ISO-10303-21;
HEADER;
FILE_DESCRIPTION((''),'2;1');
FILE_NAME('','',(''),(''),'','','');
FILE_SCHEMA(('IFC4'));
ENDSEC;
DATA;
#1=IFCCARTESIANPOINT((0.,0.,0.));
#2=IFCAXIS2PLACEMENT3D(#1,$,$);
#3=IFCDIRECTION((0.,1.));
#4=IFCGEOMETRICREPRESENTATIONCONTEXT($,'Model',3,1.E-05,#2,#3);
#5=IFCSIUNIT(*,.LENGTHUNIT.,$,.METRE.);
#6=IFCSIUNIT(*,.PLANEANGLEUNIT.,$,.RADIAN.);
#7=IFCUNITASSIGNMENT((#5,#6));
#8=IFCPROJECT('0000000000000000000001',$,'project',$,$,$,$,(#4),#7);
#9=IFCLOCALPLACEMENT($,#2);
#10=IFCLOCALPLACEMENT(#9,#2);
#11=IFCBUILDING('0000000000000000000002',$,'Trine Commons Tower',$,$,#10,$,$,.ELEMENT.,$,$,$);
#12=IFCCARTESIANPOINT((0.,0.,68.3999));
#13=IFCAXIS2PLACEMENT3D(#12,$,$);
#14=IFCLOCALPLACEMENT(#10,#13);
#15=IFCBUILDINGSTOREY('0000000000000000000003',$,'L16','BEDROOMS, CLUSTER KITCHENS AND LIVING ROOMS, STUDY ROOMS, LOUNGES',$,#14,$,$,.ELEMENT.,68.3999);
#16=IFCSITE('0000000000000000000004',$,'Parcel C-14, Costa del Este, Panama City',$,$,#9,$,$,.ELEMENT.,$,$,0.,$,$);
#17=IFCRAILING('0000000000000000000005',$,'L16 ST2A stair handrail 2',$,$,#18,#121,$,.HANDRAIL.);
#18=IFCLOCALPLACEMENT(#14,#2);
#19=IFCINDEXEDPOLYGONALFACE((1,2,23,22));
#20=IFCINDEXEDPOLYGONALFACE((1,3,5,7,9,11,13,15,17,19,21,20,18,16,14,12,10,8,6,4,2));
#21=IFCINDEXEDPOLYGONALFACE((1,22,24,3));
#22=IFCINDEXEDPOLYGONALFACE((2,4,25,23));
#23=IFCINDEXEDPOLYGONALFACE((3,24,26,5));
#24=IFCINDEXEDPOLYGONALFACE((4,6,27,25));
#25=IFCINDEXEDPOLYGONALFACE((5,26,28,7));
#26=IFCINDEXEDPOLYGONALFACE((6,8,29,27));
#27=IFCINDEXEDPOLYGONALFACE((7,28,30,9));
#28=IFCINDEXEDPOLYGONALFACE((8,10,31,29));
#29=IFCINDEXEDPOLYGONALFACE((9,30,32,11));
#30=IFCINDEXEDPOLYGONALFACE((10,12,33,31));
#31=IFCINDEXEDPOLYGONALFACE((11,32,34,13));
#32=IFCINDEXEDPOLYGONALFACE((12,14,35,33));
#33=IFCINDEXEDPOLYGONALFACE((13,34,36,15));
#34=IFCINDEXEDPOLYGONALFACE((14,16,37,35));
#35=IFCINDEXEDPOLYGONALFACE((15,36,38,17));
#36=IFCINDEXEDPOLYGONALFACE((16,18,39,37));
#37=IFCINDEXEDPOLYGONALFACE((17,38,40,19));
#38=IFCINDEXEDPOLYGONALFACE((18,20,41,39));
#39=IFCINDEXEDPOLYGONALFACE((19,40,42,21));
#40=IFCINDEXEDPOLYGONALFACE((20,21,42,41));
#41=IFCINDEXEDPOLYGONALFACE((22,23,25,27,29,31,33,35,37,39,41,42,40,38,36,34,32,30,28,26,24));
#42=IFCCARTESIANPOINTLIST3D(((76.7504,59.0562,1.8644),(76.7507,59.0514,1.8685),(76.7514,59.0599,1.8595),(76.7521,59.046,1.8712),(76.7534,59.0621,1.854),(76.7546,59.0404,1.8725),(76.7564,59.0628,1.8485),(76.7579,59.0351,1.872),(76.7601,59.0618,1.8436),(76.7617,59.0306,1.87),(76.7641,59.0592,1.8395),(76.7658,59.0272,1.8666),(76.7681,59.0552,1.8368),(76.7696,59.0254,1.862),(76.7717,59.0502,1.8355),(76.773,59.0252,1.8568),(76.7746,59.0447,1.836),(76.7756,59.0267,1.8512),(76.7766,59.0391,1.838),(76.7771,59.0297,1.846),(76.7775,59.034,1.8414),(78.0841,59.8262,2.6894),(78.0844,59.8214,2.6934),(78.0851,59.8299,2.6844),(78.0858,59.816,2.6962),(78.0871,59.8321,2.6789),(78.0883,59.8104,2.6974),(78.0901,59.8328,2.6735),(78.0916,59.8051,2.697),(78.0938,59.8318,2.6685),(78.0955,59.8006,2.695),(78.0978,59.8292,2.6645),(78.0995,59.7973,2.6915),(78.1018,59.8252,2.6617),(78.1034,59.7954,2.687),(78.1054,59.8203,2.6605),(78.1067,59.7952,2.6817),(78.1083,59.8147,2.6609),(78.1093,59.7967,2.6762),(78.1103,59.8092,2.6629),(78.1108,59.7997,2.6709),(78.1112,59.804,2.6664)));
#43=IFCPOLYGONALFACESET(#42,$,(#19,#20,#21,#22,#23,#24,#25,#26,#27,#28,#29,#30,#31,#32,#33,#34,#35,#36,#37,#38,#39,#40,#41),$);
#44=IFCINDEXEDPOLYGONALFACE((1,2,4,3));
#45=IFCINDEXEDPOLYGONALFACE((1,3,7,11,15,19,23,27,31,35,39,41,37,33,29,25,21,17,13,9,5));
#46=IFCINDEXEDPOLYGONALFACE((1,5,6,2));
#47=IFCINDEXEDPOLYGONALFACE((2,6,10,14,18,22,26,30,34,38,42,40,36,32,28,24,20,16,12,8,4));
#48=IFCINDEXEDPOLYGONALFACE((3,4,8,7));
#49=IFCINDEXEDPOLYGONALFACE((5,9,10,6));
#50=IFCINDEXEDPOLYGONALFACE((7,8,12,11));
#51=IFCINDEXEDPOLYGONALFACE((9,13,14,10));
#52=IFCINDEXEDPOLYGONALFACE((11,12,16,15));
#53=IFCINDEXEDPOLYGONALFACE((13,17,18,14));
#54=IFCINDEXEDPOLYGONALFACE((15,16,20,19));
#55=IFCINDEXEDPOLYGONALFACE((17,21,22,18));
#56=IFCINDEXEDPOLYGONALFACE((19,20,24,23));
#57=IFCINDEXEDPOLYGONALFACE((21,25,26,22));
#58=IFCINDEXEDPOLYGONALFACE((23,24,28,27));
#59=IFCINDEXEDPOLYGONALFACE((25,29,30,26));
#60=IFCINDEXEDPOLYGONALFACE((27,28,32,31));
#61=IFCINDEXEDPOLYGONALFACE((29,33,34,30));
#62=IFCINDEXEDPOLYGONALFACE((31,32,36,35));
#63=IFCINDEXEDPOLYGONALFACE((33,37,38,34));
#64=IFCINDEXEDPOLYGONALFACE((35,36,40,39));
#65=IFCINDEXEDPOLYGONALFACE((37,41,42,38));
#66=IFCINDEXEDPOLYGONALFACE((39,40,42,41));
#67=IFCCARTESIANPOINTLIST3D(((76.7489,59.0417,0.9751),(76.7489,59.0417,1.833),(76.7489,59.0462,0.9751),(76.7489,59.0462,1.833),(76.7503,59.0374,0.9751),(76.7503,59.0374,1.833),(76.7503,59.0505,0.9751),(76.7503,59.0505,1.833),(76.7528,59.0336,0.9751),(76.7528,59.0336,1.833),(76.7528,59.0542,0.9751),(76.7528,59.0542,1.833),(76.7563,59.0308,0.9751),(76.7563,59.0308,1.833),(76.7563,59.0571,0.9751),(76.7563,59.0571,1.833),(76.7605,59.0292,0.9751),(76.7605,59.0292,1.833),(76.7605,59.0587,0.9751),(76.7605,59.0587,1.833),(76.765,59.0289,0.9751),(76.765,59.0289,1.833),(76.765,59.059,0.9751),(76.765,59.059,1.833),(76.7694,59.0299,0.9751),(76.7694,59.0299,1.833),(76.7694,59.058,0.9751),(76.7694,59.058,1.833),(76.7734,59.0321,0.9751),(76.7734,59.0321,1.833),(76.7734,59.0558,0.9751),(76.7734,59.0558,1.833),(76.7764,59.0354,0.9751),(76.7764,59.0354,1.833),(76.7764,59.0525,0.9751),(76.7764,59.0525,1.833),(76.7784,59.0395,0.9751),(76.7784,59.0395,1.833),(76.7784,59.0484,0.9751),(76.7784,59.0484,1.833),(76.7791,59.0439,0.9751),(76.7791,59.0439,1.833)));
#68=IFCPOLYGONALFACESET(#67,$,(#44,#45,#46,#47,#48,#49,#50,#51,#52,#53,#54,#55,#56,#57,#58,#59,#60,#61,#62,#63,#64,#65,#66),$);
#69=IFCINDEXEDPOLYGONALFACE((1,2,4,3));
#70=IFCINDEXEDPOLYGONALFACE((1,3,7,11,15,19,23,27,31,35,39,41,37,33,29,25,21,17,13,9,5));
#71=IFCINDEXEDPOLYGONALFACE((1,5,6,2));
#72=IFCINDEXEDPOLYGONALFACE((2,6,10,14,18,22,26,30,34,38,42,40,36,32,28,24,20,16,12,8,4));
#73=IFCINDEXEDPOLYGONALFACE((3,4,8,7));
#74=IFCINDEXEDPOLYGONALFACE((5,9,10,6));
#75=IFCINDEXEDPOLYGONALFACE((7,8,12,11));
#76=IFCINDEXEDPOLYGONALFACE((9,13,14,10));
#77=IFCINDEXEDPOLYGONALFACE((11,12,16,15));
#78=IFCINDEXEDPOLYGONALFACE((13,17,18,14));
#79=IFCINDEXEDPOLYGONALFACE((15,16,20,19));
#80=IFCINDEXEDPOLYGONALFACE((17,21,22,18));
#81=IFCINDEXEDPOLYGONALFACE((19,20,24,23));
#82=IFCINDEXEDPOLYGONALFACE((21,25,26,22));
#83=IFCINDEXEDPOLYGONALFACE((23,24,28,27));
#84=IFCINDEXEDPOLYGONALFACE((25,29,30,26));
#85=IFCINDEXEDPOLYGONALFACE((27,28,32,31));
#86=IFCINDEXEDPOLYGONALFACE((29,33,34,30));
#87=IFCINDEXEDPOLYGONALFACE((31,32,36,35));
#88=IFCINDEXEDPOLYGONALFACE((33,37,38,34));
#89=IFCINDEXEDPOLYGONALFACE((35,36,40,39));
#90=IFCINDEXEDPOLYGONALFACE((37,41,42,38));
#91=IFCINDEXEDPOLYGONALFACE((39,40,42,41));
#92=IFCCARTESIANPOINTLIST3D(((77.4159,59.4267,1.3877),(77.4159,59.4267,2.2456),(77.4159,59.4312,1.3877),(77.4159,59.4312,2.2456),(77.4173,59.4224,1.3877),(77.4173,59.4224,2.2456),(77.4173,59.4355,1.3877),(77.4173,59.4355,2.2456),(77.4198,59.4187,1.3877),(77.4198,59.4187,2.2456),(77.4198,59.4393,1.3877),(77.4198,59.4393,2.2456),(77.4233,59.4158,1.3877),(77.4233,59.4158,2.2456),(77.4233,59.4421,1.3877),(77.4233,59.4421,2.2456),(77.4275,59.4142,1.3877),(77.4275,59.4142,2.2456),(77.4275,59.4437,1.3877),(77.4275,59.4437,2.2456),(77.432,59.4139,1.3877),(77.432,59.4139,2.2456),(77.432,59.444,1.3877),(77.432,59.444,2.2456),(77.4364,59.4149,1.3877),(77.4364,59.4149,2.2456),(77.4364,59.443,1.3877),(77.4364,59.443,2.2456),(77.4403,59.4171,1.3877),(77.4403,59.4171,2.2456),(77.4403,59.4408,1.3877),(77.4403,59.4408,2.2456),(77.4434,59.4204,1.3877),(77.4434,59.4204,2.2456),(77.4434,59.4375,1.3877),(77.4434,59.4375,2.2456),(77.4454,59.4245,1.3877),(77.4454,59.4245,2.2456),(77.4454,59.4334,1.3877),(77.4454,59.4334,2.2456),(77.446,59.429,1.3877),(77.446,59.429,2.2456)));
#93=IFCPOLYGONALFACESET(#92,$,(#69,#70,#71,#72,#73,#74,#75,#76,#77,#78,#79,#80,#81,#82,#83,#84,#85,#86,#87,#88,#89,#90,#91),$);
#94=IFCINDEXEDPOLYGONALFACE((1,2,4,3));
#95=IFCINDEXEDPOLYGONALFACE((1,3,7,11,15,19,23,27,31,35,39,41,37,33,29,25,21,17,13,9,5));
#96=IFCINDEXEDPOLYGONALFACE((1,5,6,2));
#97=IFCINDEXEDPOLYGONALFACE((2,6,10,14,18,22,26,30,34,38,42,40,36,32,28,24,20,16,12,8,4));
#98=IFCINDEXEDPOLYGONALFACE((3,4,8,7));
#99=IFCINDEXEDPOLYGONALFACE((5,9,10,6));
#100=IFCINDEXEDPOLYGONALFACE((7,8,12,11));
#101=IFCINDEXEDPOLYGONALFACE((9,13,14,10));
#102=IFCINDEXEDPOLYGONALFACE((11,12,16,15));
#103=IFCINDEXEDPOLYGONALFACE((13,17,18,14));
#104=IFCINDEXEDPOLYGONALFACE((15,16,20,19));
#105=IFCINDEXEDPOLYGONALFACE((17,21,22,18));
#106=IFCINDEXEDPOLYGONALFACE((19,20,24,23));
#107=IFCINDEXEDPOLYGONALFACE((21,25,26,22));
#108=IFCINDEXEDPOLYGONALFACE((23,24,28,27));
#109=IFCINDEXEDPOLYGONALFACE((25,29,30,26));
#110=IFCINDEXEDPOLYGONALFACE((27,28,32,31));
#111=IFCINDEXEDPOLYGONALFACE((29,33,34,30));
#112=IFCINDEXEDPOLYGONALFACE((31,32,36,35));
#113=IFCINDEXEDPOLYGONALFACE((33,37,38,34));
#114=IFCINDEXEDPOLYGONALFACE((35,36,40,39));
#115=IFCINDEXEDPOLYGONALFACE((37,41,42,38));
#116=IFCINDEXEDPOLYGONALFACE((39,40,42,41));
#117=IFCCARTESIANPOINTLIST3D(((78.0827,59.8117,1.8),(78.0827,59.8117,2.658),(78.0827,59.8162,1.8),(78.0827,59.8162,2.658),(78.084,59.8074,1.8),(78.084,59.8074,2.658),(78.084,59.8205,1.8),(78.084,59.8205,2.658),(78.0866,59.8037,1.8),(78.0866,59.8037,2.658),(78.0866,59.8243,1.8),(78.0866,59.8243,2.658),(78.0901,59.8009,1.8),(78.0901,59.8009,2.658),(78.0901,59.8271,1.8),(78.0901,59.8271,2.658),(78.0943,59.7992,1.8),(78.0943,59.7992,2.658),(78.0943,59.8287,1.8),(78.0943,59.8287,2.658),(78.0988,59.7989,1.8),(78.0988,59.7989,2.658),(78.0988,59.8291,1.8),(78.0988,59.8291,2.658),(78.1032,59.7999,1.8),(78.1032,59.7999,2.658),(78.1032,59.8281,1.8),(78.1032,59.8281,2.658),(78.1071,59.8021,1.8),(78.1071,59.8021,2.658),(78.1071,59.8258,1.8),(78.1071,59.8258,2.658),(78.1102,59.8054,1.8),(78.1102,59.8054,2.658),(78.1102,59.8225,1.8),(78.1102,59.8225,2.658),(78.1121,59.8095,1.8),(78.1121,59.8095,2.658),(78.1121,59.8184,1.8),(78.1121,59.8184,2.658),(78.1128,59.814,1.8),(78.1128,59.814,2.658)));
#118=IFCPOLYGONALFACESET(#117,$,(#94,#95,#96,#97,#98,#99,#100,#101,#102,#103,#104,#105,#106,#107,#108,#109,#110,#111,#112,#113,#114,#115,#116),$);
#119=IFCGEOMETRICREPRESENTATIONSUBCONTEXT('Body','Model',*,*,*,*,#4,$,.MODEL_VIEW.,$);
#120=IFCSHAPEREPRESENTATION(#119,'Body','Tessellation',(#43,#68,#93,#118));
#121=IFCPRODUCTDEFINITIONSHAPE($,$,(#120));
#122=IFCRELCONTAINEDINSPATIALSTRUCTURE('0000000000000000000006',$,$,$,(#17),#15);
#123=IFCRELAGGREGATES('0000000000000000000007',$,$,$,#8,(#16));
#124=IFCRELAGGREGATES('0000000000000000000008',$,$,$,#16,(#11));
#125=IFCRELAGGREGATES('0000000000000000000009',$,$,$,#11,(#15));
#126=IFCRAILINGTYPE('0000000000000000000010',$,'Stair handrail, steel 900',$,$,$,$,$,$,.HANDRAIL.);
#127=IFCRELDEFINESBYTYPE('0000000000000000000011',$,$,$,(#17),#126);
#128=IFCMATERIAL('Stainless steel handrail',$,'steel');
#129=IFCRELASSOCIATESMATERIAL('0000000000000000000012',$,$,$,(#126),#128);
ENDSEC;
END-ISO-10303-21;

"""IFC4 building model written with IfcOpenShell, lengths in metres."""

from ifc_helpers import new_model, si_unit, direction, frame, origin, origin_2d, place, context, subcontext, project, spatial, circle, extrude, material, type_object, element, save


model = new_model("IFC4")

# Units and contexts
model_context = context("Model", 3, precision=1e-05, world=origin(), true_north=direction((0.0, 1.0)))
body_context = subcontext(model_context, "Body", "Model", "MODEL_VIEW")
ifc_project = project(units=[si_unit("LENGTHUNIT", "METRE"), si_unit("PLANEANGLEUNIT", "RADIAN")], contexts=[model_context])

# Site, building, storey
site_placement = place(None, origin())
site = spatial("IfcSite", under=ifc_project, at=site_placement, Name="Parcel C-14, Costa del Este, Panama City", CompositionType="ELEMENT", RefElevation=0.0)
building_placement = place(site_placement, origin())
building = spatial("IfcBuilding", under=site, at=building_placement, Name="Trine Commons Tower", CompositionType="ELEMENT")
storey_placement = place(building_placement, frame((0.0, 0.0, 68.3999)))
storey = spatial("IfcBuildingStorey", under=building, at=storey_placement, Name="L16", Description="BEDROOMS, CLUSTER KITCHENS AND LIVING ROOMS, STUDY ROOMS, LOUNGES", CompositionType="ELEMENT", Elevation=68.3999)

# Railing
ifc_material_1 = material(Name="Stainless steel handrail", Category="steel")
railing_type_1 = type_object("IfcRailingType", Name="Stair handrail, steel 900", PredefinedType="HANDRAIL", material=ifc_material_1)
for number, where, name in (
    (1, (76.7639, 59.0439, 0.9751), "L16 ST2A stair handrail 2"),
):
    element("IfcRailing", number, at=place(storey_placement, frame(where)), inside=storey, type_object=railing_type_1, Name=name, PredefinedType="HANDRAIL", context=body_context, shape_type="SweptSolid", body=[
        extrude(circle(Radius=0.021, at=origin_2d()), frame((0.0, 0.0, 0.8789), z_axis=(0.763405, 0.440743, 0.472185), x_axis=(-0.499992, 0.86603, 0.0)), (0.0, 0.0, 1.0), 1.7471),
        extrude(circle(Radius=0.0151, at=origin_2d()), origin(), (0.0, 0.0, 1.0), 0.8579),
        extrude(circle(Radius=0.0151, at=origin_2d()), frame((0.667, 0.385, 0.4126)), (0.0, 0.0, 1.0), 0.8579),
        extrude(circle(Radius=0.0151, at=origin_2d()), frame((1.3337, 0.77, 0.825)), (0.0, 0.0, 1.0), 0.8579),
    ])

save(model, "model.ifc")
